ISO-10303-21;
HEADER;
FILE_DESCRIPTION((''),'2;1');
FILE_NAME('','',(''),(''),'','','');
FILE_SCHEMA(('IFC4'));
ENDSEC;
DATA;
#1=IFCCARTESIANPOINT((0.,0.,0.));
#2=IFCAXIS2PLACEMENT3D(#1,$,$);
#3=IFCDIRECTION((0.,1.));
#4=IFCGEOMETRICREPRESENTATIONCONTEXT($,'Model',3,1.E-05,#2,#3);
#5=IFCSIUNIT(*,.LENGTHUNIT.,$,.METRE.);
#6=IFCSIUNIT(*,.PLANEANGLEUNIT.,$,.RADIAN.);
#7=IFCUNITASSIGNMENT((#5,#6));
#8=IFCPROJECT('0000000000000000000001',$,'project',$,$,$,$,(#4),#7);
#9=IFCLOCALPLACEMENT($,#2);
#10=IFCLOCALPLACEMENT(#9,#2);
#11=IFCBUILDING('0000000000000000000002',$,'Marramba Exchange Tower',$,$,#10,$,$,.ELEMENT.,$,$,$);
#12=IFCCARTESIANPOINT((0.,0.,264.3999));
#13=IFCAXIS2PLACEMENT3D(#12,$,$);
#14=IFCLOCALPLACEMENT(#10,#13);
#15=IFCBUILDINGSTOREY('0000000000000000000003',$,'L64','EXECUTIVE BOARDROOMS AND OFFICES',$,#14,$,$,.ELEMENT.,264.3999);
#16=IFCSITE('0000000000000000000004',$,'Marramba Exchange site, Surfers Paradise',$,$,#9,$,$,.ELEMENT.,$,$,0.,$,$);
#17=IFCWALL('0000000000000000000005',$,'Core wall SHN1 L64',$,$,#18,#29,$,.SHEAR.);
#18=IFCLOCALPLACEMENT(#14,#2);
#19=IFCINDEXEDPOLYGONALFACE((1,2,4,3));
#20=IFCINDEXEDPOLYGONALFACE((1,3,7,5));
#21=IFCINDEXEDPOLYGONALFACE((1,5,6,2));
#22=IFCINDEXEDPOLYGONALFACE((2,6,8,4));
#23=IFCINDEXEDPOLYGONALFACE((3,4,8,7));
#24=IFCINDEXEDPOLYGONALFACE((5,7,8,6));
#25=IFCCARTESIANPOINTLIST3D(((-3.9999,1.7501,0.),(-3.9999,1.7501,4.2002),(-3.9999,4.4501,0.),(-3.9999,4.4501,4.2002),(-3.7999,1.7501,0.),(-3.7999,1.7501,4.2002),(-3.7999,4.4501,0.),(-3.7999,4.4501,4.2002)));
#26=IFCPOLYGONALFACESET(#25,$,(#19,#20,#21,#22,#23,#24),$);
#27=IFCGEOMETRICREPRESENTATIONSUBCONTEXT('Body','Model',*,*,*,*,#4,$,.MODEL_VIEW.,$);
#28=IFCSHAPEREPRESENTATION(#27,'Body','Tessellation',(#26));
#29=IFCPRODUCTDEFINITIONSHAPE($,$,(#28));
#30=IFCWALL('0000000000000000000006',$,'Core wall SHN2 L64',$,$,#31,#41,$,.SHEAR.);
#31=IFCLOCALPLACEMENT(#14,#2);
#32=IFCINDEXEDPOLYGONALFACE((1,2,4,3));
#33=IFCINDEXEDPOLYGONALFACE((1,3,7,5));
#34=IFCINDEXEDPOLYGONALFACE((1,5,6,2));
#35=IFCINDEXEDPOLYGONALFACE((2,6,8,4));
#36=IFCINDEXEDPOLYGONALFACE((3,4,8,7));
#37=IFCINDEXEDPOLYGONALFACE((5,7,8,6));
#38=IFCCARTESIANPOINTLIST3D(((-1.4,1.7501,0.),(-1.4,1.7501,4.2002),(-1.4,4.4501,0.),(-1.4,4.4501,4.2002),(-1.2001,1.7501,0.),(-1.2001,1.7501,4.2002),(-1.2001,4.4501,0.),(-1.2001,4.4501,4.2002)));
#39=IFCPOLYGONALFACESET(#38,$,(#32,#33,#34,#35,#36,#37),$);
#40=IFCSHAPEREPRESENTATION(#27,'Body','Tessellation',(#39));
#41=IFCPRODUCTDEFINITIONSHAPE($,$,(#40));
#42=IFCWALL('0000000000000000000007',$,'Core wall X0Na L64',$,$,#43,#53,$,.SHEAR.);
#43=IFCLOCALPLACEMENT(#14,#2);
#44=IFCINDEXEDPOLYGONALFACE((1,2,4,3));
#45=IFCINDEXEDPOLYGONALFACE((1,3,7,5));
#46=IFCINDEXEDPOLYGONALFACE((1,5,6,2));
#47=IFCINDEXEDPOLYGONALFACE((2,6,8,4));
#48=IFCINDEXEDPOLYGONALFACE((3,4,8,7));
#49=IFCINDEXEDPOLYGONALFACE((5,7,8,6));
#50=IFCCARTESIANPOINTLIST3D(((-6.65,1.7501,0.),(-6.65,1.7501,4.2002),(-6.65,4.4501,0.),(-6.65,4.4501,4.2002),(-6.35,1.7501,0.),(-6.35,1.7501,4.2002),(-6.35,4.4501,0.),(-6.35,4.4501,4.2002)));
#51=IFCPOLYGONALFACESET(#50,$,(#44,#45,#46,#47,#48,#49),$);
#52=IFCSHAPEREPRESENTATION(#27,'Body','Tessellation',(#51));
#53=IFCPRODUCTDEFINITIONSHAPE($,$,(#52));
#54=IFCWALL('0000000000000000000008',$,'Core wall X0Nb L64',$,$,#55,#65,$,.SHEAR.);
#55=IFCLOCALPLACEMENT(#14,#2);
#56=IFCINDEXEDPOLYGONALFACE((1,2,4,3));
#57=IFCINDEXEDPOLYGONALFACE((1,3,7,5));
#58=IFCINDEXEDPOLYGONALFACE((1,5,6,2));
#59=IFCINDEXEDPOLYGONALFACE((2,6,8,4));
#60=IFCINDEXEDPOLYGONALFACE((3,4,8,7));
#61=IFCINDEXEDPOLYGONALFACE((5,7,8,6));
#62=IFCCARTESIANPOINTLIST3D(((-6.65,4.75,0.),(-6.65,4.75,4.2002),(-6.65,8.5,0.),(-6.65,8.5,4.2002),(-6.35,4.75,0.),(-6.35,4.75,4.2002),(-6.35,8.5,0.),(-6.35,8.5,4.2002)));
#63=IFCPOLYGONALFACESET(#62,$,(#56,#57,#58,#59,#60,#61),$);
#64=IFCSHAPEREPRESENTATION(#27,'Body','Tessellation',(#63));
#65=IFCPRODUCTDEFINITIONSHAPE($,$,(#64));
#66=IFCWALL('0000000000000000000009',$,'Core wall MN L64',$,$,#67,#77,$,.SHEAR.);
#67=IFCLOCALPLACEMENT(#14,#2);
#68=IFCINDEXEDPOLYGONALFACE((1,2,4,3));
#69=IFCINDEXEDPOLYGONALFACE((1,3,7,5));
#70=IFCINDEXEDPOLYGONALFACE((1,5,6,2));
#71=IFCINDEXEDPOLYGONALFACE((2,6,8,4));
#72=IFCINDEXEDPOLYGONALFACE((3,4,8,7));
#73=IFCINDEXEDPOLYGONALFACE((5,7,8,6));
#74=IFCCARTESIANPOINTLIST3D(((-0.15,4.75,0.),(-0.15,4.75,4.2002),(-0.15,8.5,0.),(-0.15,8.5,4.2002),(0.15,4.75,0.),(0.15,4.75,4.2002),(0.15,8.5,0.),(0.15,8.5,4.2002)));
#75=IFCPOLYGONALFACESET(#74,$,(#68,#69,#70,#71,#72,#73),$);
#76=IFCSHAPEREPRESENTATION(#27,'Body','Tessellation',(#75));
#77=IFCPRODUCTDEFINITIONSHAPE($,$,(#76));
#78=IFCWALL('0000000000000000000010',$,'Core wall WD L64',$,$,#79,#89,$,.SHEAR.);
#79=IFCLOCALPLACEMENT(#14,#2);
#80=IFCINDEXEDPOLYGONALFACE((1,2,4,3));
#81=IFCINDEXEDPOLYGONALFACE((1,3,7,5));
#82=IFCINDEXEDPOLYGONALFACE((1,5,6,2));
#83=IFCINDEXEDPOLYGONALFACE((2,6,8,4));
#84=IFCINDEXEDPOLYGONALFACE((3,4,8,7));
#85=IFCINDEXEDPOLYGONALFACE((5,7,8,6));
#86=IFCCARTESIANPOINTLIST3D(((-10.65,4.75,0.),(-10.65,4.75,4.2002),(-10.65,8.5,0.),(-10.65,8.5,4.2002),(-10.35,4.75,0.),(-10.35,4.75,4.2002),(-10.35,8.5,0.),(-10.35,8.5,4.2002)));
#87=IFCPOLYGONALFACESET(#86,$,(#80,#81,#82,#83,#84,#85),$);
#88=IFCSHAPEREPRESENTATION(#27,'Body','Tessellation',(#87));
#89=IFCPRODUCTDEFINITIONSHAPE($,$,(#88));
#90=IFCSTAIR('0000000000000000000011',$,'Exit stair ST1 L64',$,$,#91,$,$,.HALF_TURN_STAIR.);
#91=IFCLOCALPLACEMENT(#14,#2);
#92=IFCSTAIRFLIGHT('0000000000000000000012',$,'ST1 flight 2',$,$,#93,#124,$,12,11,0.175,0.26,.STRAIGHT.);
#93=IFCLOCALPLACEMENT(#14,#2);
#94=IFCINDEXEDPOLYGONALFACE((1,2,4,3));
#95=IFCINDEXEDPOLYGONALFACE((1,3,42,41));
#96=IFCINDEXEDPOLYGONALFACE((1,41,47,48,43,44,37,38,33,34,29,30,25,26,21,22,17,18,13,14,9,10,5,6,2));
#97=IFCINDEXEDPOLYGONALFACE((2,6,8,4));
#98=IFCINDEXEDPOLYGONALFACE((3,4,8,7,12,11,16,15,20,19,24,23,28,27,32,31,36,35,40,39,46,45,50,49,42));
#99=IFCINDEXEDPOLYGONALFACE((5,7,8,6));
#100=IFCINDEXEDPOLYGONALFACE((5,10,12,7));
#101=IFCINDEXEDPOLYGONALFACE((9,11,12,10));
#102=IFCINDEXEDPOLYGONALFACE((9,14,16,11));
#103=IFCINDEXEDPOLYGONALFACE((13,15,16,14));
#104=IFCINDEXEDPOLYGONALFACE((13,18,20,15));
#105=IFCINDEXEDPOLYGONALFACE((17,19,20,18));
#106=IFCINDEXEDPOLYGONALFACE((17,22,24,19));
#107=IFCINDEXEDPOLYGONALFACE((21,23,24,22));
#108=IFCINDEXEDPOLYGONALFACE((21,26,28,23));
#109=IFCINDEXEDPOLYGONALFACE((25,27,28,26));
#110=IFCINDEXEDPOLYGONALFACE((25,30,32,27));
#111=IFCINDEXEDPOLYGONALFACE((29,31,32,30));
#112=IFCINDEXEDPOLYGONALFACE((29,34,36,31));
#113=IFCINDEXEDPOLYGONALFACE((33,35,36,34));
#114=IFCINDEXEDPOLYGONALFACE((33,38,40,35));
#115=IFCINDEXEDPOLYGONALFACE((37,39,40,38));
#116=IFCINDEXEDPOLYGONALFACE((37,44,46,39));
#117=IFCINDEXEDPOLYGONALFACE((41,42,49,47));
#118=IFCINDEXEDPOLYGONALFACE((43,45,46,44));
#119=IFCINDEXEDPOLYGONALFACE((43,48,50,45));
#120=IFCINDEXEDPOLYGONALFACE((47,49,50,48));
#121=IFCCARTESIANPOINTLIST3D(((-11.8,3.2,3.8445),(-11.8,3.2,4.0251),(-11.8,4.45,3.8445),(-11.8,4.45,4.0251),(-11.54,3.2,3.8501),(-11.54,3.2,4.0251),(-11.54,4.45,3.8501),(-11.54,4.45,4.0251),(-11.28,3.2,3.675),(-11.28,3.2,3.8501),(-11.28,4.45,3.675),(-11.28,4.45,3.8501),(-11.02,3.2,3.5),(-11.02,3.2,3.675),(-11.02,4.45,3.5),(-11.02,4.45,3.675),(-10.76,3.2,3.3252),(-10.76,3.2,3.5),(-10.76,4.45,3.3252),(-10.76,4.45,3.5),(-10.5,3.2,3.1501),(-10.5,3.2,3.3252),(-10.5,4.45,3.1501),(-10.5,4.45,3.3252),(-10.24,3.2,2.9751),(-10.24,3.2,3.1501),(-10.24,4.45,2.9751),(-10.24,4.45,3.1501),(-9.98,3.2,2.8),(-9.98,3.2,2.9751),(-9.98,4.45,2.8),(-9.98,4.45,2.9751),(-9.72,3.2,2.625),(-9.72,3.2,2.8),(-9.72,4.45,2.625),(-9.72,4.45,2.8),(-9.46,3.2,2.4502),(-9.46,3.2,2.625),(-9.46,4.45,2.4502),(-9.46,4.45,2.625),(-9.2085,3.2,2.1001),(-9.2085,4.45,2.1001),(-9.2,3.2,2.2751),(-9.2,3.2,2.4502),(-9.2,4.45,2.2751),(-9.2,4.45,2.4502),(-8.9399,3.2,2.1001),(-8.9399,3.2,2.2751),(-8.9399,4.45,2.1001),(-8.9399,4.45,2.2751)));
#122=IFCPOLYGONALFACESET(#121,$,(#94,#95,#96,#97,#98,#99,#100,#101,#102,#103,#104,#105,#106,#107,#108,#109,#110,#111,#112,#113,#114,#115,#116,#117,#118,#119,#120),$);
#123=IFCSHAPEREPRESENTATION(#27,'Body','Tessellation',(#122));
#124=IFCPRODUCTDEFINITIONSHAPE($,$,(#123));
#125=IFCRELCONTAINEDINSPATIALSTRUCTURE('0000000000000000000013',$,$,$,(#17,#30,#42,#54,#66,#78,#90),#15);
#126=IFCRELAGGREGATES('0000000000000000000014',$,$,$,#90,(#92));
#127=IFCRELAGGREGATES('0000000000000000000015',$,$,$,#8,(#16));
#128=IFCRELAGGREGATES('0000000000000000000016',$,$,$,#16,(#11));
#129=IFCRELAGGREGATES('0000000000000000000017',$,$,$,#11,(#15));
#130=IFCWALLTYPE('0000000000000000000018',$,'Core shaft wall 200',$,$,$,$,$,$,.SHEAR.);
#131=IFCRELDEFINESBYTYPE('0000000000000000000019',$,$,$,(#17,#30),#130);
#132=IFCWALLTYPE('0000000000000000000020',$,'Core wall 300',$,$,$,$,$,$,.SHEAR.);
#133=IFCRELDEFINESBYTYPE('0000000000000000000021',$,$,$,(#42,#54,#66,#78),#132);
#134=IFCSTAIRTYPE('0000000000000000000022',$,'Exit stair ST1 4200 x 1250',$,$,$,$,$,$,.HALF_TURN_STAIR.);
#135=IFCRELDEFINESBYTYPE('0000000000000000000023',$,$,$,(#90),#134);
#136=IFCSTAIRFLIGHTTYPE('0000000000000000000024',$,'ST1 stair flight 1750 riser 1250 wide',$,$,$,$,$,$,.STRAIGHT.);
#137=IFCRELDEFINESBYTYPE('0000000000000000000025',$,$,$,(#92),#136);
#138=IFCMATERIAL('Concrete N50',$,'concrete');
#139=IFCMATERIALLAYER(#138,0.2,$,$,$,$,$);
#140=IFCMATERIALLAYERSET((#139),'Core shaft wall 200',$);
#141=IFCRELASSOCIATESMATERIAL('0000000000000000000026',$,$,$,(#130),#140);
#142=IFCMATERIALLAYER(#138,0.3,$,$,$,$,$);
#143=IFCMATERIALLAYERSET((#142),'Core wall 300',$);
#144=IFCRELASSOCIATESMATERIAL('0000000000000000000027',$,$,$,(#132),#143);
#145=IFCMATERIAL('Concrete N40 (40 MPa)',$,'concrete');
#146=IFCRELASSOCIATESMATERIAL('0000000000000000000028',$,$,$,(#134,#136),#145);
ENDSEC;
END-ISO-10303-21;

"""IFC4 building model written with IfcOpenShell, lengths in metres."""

from ifc_helpers import new_model, si_unit, direction, frame, frame_2d, origin, place, context, subcontext, project, spatial, polyline, rectangle, outline, extrude, material, layer, layer_set, type_object, element, aggregate, save


model = new_model("IFC4")

# Units and contexts
model_context = context("Model", 3, precision=1e-05, world=origin(), true_north=direction((0.0, 1.0)))
body_context = subcontext(model_context, "Body", "Model", "MODEL_VIEW")
ifc_project = project(units=[si_unit("LENGTHUNIT", "METRE"), si_unit("PLANEANGLEUNIT", "RADIAN")], contexts=[model_context])

# Site, building, storey
site_placement = place(None, origin())
site = spatial("IfcSite", under=ifc_project, at=site_placement, Name="Marramba Exchange site, Surfers Paradise", CompositionType="ELEMENT", RefElevation=0.0)
building_placement = place(site_placement, origin())
building = spatial("IfcBuilding", under=site, at=building_placement, Name="Marramba Exchange Tower", CompositionType="ELEMENT")
storey_placement = place(building_placement, frame((0.0, 0.0, 264.3999)))
storey = spatial("IfcBuildingStorey", under=building, at=storey_placement, Name="L64", Description="EXECUTIVE BOARDROOMS AND OFFICES", CompositionType="ELEMENT", Elevation=264.3999)

# Walls
ifc_material_1 = material(Name="Concrete N50", Category="concrete")
ifc_layer_1 = layer(ifc_material_1, 0.2)
ifc_layer_set_1 = layer_set([ifc_layer_1], Name="Core shaft wall 200")
wall_type_1 = type_object("IfcWallType", Name="Core shaft wall 200", PredefinedType="SHEAR", material=ifc_layer_set_1)
for number, where, z_axis, x_axis, name in (
    (1, (-3.8999, 1.75, 0.0), (0.0, 0.0, 1.0), (0.0, 1.0, 0.0), "Core wall SHN1 L64"),
    (2, (-1.3, 1.75, 0.0), (0.0, 0.0, 1.0), (0.0, 1.0, 0.0), "Core wall SHN2 L64"),
):
    element("IfcWall", number, at=place(storey_placement, frame(where, z_axis=z_axis, x_axis=x_axis)), inside=storey, type_object=wall_type_1, Name=name, PredefinedType="SHEAR", context=body_context, shape_type="SweptSolid", body=[
        extrude(rectangle(XDim=2.7, YDim=0.2, at=frame_2d((1.3501, 0.0))), origin(), (0.0, 0.0, 1.0), 4.2002),
    ])
ifc_layer_2 = layer(ifc_material_1, 0.3)
ifc_layer_set_2 = layer_set([ifc_layer_2], Name="Core wall 300")
wall_type_2 = type_object("IfcWallType", Name="Core wall 300", PredefinedType="SHEAR", material=ifc_layer_set_2)
wall_1_placement = place(storey_placement, frame((-6.5, 1.75, 0.0), z_axis=(0.0, 0.0, 1.0), x_axis=(0.0, 1.0, 0.0)))
element("IfcWall", 3, at=wall_1_placement, inside=storey, type_object=wall_type_2, Name="Core wall X0Na L64", PredefinedType="SHEAR", context=body_context, shape_type="SweptSolid", body=[
    extrude(rectangle(XDim=2.7, YDim=0.3, at=frame_2d((1.3501, 0.0))), origin(), (0.0, 0.0, 1.0), 4.2002),
])
for number, where, z_axis, x_axis, name in (
    (4, (-6.5, 4.75, 0.0), (0.0, 0.0, 1.0), (0.0, 1.0, 0.0), "Core wall X0Nb L64"),
    (5, (0.0, 4.75, 0.0), (0.0, 0.0, 1.0), (0.0, 1.0, 0.0), "Core wall MN L64"),
    (6, (-10.5, 4.75, 0.0), (0.0, 0.0, 1.0), (0.0, 1.0, 0.0), "Core wall WD L64"),
):
    element("IfcWall", number, at=place(storey_placement, frame(where, z_axis=z_axis, x_axis=x_axis)), inside=storey, type_object=wall_type_2, Name=name, PredefinedType="SHEAR", context=body_context, shape_type="SweptSolid", body=[
        extrude(rectangle(XDim=3.75, YDim=0.3, at=frame_2d((1.875, 0.0))), origin(), (0.0, 0.0, 1.0), 4.2002),
    ])

# Stair, stair flight
ifc_material_2 = material(Name="Concrete N40 (40 MPa)", Category="concrete")
stair_type = type_object("IfcStairType", Name="Exit stair ST1 4200 x 1250", PredefinedType="HALF_TURN_STAIR", material=ifc_material_2)
stair_placement = place(storey_placement, origin())
stair = element("IfcStair", 7, at=stair_placement, inside=storey, type_object=stair_type, Name="Exit stair ST1 L64", PredefinedType="HALF_TURN_STAIR")
stair_flight_type = type_object("IfcStairFlightType", Name="ST1 stair flight 1750 riser 1250 wide", PredefinedType="STRAIGHT", material=ifc_material_2)
stair_flight_placement = place(storey_placement, frame((-8.9399, 3.825, 2.1001), z_axis=(0.0, 0.0, 1.0), x_axis=(-1.0, 0.0, 0.0)))
stair_flight = element("IfcStairFlight", 8, at=stair_flight_placement, type_object=stair_flight_type, Name="ST1 flight 2", NumberOfRisers=12, NumberOfTreads=11, PredefinedType="STRAIGHT", RiserHeight=0.175, TreadLength=0.26, context=body_context, shape_type="SweptSolid", body=[
    extrude(outline(polyline([(0.0, 0.0), (0.0, 0.175), (0.26, 0.175), (0.26, 0.3501), (0.52, 0.3501), (0.52, 0.5249), (0.78, 0.5249), (0.78, 0.7), (1.04, 0.7), (1.04, 0.875), (1.3, 0.875), (1.3, 1.05), (1.5601, 1.05), (1.5601, 1.2251), (1.8201, 1.2251), (1.8201, 1.3999), (2.0801, 1.3999), (2.0801, 1.575), (2.3401, 1.575), (2.3401, 1.75), (2.6001, 1.75), (2.6001, 1.925), (2.8601, 1.925), (2.8601, 2.1001), (2.8601, 1.7444), (0.2686, 0.0), (0.0, 0.0)])), frame((0.0, 0.625, 0.0), z_axis=(0.0, -1.0, 0.0), x_axis=(1.0, 0.0, 0.0)), (0.0, 0.0, 1.0), 1.25),
])
aggregate(stair, [stair_flight])

save(model, "model.ifc")
